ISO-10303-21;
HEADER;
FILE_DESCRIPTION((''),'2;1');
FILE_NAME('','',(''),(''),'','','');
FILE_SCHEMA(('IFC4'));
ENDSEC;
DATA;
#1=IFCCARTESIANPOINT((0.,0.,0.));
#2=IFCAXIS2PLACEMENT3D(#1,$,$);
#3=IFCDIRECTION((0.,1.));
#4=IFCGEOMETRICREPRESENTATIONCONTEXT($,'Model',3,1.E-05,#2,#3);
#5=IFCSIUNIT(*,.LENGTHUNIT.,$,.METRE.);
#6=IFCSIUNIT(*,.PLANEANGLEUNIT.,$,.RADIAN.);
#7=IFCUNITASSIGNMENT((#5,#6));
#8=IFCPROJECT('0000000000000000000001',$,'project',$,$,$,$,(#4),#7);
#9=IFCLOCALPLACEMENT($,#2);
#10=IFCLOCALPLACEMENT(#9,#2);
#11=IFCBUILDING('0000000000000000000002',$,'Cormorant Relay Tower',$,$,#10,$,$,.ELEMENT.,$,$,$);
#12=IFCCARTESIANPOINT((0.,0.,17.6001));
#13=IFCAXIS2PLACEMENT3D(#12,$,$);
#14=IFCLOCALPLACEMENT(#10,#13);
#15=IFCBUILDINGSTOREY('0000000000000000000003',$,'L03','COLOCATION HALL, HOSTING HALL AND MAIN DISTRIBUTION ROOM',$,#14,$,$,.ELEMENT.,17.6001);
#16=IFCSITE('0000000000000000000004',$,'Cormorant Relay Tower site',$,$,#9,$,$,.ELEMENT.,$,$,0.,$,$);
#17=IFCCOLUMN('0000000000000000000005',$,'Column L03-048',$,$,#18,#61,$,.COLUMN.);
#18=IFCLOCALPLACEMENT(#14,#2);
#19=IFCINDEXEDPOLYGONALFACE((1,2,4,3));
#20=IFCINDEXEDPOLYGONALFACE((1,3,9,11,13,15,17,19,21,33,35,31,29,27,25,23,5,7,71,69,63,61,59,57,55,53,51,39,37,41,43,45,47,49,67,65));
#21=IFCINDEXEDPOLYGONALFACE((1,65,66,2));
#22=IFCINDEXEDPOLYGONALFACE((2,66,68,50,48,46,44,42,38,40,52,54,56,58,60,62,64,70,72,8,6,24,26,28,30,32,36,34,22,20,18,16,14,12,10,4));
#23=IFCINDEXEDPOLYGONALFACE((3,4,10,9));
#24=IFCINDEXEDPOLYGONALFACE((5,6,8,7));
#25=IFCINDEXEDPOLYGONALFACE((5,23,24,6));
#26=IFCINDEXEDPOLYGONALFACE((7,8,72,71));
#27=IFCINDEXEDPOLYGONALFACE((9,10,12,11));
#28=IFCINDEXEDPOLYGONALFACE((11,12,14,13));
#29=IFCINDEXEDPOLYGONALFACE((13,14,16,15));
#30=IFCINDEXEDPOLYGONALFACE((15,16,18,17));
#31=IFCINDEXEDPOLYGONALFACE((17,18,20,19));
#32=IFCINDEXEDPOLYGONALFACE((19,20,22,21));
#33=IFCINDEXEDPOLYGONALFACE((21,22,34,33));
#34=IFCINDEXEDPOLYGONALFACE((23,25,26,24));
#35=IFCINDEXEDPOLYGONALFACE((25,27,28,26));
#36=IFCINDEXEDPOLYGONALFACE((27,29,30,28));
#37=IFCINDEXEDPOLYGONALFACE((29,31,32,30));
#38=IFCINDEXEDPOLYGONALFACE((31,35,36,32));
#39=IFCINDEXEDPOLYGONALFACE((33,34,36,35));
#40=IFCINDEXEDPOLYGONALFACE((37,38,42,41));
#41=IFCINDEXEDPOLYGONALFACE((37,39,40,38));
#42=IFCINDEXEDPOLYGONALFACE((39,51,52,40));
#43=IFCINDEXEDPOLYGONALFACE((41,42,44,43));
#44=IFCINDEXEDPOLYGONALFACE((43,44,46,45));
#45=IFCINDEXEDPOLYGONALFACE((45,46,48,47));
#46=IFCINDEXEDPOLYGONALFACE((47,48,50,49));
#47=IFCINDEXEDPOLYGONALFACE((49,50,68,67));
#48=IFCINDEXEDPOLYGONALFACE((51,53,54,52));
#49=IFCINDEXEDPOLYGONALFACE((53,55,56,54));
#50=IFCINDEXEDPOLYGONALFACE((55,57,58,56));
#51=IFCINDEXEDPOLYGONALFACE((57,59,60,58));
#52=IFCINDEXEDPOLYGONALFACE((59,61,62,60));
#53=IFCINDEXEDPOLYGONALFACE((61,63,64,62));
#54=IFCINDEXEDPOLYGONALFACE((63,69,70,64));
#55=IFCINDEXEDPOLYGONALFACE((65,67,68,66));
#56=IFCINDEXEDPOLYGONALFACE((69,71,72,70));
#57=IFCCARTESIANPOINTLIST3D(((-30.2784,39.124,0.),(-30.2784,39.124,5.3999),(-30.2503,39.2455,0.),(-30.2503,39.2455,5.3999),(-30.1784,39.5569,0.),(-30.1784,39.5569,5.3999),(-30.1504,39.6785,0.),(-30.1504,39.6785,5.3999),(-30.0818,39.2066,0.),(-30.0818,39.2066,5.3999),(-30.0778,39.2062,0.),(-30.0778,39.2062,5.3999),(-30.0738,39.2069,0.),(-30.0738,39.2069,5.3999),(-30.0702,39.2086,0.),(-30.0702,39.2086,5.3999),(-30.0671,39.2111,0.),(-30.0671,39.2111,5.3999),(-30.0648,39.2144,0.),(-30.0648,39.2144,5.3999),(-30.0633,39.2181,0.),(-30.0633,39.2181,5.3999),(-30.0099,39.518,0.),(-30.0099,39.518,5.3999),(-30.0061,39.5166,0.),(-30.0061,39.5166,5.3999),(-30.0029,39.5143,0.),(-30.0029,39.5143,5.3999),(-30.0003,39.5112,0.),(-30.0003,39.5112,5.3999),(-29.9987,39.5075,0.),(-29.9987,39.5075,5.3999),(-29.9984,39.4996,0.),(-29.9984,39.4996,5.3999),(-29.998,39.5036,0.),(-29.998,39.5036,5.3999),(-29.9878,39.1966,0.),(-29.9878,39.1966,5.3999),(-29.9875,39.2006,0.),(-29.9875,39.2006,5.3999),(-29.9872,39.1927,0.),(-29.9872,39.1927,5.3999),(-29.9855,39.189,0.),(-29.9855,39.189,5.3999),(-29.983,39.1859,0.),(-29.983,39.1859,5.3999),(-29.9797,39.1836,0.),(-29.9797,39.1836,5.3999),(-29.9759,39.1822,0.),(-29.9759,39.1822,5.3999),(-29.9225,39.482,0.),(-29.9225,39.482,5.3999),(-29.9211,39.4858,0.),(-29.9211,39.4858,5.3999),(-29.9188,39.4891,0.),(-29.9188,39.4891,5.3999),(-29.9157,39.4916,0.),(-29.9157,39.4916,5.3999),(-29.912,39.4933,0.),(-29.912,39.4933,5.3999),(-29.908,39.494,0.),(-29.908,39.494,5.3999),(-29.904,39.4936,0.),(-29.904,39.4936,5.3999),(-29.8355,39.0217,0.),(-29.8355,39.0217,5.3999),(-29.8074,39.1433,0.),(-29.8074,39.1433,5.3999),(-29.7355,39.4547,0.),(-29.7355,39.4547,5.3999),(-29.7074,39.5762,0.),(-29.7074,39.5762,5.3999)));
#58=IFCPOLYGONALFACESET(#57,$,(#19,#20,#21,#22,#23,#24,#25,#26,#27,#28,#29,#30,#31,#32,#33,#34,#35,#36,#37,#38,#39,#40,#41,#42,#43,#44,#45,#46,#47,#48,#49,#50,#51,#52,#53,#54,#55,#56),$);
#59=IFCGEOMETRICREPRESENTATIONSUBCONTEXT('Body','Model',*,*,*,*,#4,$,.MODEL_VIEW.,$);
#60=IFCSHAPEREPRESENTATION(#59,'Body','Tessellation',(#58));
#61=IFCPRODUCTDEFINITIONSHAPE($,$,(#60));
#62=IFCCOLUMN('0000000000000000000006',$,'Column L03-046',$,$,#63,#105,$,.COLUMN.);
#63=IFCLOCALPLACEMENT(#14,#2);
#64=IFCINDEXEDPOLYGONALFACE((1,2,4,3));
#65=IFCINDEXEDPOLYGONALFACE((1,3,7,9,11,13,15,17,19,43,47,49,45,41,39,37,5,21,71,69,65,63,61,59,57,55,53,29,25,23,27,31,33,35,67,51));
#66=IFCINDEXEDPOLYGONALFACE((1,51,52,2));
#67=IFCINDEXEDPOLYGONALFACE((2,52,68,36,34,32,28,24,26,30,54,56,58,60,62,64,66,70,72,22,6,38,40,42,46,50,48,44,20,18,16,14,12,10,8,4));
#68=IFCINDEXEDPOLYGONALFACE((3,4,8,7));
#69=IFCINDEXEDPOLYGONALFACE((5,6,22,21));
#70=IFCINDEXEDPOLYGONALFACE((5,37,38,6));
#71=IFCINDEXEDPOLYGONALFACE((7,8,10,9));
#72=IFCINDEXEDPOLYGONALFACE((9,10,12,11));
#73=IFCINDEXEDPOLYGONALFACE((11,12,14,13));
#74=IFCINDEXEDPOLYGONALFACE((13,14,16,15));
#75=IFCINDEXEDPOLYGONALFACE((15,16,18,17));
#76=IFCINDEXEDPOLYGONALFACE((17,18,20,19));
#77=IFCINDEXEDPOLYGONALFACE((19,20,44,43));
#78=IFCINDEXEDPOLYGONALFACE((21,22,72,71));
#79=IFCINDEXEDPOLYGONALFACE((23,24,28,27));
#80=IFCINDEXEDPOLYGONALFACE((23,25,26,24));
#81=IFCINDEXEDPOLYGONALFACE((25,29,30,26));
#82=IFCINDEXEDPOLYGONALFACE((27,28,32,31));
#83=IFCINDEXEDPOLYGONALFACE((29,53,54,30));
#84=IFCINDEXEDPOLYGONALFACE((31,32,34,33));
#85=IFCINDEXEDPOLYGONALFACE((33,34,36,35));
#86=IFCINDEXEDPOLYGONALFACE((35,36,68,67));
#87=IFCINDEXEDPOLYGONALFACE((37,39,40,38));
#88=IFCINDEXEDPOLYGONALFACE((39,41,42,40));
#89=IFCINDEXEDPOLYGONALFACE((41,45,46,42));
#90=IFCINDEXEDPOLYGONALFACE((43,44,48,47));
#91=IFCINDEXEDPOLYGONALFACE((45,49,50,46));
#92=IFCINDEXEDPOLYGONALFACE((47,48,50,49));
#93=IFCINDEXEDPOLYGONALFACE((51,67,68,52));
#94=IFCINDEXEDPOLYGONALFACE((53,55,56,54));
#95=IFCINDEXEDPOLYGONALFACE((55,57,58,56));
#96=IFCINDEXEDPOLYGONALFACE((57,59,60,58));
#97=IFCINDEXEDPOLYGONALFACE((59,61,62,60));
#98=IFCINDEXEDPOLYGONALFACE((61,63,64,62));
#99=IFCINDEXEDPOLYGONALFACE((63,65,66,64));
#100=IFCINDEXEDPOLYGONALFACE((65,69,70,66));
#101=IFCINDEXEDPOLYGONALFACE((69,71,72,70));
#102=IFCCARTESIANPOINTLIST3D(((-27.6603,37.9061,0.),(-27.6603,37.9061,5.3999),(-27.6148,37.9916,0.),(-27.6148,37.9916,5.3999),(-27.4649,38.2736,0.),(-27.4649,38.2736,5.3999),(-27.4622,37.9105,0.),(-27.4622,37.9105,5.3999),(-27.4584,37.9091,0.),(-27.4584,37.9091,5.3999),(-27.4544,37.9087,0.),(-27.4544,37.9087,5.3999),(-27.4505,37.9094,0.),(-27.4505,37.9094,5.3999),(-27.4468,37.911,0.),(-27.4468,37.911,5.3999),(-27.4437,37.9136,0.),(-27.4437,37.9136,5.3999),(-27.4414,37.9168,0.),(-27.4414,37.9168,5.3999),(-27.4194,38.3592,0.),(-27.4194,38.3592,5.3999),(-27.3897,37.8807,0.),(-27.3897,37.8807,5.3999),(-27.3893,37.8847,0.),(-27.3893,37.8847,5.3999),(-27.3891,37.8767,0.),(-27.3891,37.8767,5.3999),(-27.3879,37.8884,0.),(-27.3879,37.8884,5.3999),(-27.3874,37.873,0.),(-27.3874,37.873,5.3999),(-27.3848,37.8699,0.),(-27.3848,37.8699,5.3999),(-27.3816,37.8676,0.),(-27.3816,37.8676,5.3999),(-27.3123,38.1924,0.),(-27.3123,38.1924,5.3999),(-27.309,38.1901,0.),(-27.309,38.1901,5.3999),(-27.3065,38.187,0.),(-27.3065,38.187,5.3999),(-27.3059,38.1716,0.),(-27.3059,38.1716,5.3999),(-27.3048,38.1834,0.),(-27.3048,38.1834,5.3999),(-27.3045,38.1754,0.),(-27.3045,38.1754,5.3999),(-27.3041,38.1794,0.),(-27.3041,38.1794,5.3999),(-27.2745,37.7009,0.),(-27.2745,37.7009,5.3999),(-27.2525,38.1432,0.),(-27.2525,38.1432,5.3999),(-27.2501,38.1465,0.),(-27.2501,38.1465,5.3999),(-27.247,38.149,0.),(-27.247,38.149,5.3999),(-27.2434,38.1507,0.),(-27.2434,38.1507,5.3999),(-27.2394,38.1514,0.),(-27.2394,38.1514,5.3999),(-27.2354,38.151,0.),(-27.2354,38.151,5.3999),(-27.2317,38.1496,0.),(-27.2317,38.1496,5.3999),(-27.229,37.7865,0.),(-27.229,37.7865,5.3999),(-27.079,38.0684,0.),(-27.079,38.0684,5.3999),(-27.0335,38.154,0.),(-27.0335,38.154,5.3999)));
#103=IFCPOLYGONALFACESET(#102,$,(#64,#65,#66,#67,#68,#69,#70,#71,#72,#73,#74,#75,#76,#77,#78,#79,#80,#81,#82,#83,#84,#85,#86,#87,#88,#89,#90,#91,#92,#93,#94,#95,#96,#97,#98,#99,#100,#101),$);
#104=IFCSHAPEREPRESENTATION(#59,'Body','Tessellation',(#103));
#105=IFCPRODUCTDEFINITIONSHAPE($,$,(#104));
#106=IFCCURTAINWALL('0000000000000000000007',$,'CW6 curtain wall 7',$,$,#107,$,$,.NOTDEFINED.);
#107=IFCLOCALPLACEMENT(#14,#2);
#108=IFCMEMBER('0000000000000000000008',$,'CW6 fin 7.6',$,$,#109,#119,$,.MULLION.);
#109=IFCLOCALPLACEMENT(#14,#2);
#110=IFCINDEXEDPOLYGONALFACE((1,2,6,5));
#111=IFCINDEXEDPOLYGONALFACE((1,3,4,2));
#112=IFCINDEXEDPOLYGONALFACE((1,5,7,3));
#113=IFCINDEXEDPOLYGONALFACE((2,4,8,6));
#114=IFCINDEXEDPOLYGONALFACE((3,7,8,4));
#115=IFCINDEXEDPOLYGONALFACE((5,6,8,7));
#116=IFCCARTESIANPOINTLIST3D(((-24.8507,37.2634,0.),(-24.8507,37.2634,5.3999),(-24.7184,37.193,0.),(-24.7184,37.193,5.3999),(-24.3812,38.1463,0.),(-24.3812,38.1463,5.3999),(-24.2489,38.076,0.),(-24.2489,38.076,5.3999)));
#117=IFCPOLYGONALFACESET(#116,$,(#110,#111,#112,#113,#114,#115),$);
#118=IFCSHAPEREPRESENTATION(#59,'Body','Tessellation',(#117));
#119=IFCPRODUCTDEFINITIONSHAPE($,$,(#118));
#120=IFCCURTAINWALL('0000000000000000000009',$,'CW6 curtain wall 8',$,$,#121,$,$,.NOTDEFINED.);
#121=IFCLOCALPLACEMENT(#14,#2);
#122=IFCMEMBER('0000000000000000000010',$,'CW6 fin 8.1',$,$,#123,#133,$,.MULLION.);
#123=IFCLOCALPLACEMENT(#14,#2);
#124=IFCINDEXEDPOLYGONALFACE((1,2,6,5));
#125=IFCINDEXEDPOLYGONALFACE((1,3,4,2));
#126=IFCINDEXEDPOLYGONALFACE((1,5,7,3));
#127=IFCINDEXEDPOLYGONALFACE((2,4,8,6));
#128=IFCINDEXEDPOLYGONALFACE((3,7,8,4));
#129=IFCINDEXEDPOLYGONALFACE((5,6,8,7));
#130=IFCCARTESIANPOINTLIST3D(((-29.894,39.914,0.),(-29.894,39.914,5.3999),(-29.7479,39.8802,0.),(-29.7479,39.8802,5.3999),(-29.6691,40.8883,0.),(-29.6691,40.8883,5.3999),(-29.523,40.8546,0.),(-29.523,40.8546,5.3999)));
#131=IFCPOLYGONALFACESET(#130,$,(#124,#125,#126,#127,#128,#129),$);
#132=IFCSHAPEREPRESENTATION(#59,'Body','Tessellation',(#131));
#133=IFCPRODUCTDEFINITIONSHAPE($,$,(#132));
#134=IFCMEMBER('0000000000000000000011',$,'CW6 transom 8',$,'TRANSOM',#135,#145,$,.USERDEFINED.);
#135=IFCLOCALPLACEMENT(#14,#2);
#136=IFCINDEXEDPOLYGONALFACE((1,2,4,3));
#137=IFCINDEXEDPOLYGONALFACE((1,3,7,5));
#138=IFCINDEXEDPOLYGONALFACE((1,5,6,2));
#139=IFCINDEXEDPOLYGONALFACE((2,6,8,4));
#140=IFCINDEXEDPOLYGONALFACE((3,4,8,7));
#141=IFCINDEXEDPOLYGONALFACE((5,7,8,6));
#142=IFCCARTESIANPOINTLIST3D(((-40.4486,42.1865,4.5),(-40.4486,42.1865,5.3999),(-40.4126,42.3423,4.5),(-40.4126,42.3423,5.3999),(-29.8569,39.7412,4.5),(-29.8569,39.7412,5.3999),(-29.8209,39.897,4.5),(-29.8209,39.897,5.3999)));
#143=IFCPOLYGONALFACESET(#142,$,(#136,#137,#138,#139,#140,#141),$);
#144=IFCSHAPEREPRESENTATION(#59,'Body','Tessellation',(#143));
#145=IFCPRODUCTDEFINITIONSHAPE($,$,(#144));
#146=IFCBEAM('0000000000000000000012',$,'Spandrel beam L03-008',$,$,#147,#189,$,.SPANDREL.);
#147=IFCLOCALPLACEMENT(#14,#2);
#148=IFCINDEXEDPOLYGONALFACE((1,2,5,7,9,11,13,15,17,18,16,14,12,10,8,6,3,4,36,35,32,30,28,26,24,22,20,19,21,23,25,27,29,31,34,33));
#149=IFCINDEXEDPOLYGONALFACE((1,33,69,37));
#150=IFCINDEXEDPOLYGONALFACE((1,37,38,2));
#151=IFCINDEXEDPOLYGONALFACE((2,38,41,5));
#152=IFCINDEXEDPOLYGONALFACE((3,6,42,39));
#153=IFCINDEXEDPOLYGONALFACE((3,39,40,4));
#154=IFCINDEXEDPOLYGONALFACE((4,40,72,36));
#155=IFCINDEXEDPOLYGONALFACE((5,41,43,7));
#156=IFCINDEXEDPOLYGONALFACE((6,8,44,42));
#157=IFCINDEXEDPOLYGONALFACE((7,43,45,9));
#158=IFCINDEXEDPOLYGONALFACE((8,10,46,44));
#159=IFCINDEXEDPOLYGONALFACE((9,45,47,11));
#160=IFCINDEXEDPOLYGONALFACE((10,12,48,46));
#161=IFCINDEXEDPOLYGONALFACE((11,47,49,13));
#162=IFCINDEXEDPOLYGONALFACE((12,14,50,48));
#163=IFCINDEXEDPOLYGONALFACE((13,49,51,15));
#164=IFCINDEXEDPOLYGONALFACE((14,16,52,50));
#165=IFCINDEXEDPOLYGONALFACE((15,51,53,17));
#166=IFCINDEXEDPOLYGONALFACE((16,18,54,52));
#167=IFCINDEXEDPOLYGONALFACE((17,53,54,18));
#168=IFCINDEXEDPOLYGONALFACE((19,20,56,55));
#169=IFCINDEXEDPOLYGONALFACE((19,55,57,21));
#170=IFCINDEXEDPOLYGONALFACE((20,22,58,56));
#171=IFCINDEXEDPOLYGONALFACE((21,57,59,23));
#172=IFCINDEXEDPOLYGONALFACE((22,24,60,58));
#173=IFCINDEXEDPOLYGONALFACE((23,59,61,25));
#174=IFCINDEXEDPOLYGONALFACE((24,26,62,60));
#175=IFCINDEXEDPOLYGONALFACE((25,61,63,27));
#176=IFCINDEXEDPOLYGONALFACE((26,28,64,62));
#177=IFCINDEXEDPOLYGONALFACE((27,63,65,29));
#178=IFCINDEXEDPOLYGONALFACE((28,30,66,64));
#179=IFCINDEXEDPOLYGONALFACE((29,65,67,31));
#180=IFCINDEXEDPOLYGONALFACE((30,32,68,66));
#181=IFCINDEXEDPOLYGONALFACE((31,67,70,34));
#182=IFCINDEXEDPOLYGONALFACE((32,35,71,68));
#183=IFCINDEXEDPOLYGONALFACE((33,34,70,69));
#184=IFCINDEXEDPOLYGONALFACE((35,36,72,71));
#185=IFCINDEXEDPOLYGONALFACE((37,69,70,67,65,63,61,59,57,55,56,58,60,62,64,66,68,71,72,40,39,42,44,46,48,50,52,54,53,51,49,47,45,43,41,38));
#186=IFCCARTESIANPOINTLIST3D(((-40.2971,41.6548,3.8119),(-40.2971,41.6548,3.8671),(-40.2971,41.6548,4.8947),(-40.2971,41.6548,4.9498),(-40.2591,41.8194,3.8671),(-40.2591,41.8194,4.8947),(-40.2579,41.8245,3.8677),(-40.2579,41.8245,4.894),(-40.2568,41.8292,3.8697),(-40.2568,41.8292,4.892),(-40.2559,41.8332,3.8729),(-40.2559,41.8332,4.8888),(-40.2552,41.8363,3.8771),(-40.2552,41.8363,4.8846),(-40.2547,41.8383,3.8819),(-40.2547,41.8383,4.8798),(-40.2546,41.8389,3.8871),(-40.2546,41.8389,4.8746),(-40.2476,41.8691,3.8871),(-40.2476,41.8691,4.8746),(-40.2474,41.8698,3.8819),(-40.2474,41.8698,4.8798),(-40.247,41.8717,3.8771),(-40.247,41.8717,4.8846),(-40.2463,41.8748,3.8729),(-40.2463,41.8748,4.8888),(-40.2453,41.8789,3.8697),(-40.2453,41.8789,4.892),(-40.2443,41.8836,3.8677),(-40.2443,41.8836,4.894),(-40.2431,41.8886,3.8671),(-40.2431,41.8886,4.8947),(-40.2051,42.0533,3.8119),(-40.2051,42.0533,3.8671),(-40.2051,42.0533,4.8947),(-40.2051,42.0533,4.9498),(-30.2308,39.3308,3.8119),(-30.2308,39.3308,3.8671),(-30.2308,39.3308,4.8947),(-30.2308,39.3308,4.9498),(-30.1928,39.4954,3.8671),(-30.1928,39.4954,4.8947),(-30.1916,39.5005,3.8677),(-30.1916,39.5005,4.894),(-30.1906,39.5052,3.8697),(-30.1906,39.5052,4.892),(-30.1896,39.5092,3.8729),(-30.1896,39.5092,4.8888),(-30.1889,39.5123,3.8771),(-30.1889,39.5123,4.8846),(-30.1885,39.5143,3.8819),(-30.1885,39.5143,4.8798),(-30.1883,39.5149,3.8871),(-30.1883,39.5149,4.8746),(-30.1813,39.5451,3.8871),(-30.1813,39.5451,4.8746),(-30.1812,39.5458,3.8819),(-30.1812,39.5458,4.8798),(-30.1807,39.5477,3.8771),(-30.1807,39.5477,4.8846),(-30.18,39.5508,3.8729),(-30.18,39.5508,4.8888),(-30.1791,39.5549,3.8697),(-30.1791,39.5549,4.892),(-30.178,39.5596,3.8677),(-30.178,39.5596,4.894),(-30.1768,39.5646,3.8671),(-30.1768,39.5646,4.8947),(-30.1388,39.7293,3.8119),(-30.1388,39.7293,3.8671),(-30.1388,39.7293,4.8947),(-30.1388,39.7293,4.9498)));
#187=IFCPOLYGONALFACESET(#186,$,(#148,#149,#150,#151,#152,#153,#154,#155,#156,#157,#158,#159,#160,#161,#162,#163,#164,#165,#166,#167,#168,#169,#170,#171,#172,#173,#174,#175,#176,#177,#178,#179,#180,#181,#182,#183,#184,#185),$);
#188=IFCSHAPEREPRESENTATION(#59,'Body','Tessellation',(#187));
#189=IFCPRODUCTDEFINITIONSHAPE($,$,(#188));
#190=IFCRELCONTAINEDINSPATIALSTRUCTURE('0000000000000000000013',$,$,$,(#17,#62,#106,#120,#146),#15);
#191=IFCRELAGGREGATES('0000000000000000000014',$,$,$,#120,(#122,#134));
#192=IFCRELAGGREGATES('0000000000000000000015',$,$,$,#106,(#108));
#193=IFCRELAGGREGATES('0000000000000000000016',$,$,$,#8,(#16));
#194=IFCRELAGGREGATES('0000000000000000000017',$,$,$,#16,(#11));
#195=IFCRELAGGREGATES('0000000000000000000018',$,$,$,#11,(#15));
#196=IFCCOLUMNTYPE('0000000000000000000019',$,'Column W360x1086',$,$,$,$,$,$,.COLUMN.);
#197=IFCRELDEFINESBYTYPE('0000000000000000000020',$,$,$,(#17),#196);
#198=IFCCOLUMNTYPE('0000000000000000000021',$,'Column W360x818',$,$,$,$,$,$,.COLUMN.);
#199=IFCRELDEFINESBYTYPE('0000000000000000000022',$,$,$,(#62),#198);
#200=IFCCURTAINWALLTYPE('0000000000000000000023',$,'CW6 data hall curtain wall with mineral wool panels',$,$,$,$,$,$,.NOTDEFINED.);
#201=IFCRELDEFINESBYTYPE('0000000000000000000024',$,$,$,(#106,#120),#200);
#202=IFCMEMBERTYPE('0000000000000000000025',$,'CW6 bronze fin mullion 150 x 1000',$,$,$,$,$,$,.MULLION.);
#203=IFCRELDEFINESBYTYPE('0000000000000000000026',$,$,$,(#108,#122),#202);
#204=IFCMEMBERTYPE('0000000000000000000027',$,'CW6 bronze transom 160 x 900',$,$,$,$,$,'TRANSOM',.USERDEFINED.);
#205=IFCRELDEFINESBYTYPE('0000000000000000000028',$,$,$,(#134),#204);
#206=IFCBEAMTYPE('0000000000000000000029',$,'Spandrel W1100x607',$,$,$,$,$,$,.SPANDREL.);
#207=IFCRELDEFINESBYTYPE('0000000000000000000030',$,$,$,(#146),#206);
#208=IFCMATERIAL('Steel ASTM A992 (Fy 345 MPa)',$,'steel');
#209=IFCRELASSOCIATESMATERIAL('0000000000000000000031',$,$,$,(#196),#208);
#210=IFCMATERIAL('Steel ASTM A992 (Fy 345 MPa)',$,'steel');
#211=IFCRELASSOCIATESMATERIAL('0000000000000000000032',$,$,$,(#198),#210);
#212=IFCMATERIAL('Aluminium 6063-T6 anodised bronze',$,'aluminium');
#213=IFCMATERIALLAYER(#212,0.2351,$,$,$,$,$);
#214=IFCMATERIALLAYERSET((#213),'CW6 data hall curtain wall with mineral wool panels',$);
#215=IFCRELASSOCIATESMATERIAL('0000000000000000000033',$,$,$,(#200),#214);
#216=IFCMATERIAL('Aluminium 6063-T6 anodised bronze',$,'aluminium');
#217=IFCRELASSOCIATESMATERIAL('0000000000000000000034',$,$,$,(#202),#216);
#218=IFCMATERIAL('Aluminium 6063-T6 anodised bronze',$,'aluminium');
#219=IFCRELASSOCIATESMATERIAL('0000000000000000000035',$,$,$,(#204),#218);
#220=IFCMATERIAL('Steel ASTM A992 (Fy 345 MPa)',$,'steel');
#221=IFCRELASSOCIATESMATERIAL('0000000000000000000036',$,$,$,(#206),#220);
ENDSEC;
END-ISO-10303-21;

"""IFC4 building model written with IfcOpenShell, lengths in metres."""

from ifc_helpers import new_model, si_unit, direction, frame, origin, origin_2d, place, context, subcontext, project, spatial, rectangle, i_section, extrude, material, layer, layer_set, material_profile, profile_set, type_object, element, aggregate, save


model = new_model("IFC4")

# Units and contexts
model_context = context("Model", 3, precision=1e-05, world=origin(), true_north=direction((0.0, 1.0)))
body_context = subcontext(model_context, "Body", "Model", "MODEL_VIEW")
ifc_project = project(units=[si_unit("LENGTHUNIT", "METRE"), si_unit("PLANEANGLEUNIT", "RADIAN")], contexts=[model_context])

# Site, building, storey
site_placement = place(None, origin())
site = spatial("IfcSite", under=ifc_project, at=site_placement, Name="Cormorant Relay Tower site", CompositionType="ELEMENT", RefElevation=0.0)
building_placement = place(site_placement, origin())
building = spatial("IfcBuilding", under=site, at=building_placement, Name="Cormorant Relay Tower", CompositionType="ELEMENT")
storey_placement = place(building_placement, frame((0.0, 0.0, 17.6001)))
storey = spatial("IfcBuildingStorey", under=building, at=storey_placement, Name="L03", Description="COLOCATION HALL, HOSTING HALL AND MAIN DISTRIBUTION ROOM", CompositionType="ELEMENT", Elevation=17.6001)

# Columns
ifc_material_1 = material(Name="Steel ASTM A992 (Fy 345 MPa)", Category="steel")
ifc_material_profile_1 = material_profile(ifc_material_1, i_section(OverallWidth=0.4546, OverallDepth=0.5691, WebThickness=0.0779, FlangeThickness=0.1248, FilletRadius=0.0154, at=origin_2d()), Name="W360x1086")
ifc_profile_set_1 = profile_set([ifc_material_profile_1], Name="Steel ASTM A992 (Fy 345 MPa)")
column_type_1 = type_object("IfcColumnType", Name="Column W360x1086", PredefinedType="COLUMN", material=ifc_profile_set_1)
column_1_placement = place(storey_placement, frame((-29.9929, 39.3501, 0.0), z_axis=(0.0, 0.0, 1.0), x_axis=(-0.97437, 0.224951, 0.0)))
element("IfcColumn", 1, at=column_1_placement, inside=storey, type_object=column_type_1, Name="Column L03-048", PredefinedType="COLUMN", context=body_context, shape_type="SweptSolid", body=[
    extrude(i_section(OverallWidth=0.4546, OverallDepth=0.5691, WebThickness=0.0779, FlangeThickness=0.1248, FilletRadius=0.0154, at=origin_2d()), origin(), (0.0, 0.0, 1.0), 5.3999),
])
ifc_material_2 = material(Name="Steel ASTM A992 (Fy 345 MPa)", Category="steel")
ifc_material_profile_2 = material_profile(ifc_material_2, i_section(OverallWidth=0.437, OverallDepth=0.5132, WebThickness=0.0605, FlangeThickness=0.0969, FilletRadius=0.0154, at=origin_2d()), Name="W360x818")
ifc_profile_set_2 = profile_set([ifc_material_profile_2], Name="Steel ASTM A992 (Fy 345 MPa)")
column_type_2 = type_object("IfcColumnType", Name="Column W360x818", PredefinedType="COLUMN", material=ifc_profile_set_2)
column_2_placement = place(storey_placement, frame((-27.3469, 38.03, 0.0), z_axis=(0.0, 0.0, 1.0), x_axis=(-0.882948, 0.469472, 0.0)))
element("IfcColumn", 2, at=column_2_placement, inside=storey, type_object=column_type_2, Name="Column L03-046", PredefinedType="COLUMN", context=body_context, shape_type="SweptSolid", body=[
    extrude(i_section(OverallWidth=0.437, OverallDepth=0.5132, WebThickness=0.0605, FlangeThickness=0.0969, FilletRadius=0.0154, at=origin_2d()), origin(), (0.0, 0.0, 1.0), 5.3999),
])

# Curtain wall, member
ifc_material_3 = material(Name="Aluminium 6063-T6 anodised bronze", Category="aluminium")
ifc_layer_1 = layer(ifc_material_3, 0.2351)
ifc_layer_set_1 = layer_set([ifc_layer_1], Name="CW6 data hall curtain wall with mineral wool panels")
curtain_wall_type = type_object("IfcCurtainWallType", Name="CW6 data hall curtain wall with mineral wool panels", PredefinedType="NOTDEFINED", material=ifc_layer_set_1)
curtain_wall_1_placement = place(storey_placement, origin())
curtain_wall_1 = element("IfcCurtainWall", 3, at=curtain_wall_1_placement, inside=storey, type_object=curtain_wall_type, Name="CW6 curtain wall 7", PredefinedType="NOTDEFINED")
ifc_material_4 = material(Name="Aluminium 6063-T6 anodised bronze", Category="aluminium")
ifc_material_profile_3 = material_profile(ifc_material_4, rectangle(XDim=0.1499, YDim=1.0, at=origin_2d()), Name="AL 150x1000")
ifc_profile_set_3 = profile_set([ifc_material_profile_3], Name="Aluminium 6063-T6 anodised bronze")
member_type_1 = type_object("IfcMemberType", Name="CW6 bronze fin mullion 150 x 1000", PredefinedType="MULLION", material=ifc_profile_set_3)
member_1_placement = place(storey_placement, frame((-24.5498, 37.6697, 0.0), z_axis=(0.0, 0.0, 1.0), x_axis=(-0.882948, 0.469472, 0.0)))
member_1 = element("IfcMember", 4, at=member_1_placement, type_object=member_type_1, Name="CW6 fin 7.6", PredefinedType="MULLION", context=body_context, shape_type="SweptSolid", body=[
    extrude(rectangle(XDim=0.1499, YDim=1.0, at=origin_2d()), origin(), (0.0, 0.0, 1.0), 5.3999),
])

# Curtain wall, members
curtain_wall_2_placement = place(storey_placement, origin())
curtain_wall_2 = element("IfcCurtainWall", 5, at=curtain_wall_2_placement, inside=storey, type_object=curtain_wall_type, Name="CW6 curtain wall 8", PredefinedType="NOTDEFINED")
member_2_placement = place(storey_placement, frame((-29.7085, 40.3843, 0.0), z_axis=(0.0, 0.0, 1.0), x_axis=(-0.97437, 0.224951, 0.0)))
member_2 = element("IfcMember", 6, at=member_2_placement, type_object=member_type_1, Name="CW6 fin 8.1", PredefinedType="MULLION", context=body_context, shape_type="SweptSolid", body=[
    extrude(rectangle(XDim=0.1499, YDim=1.0, at=origin_2d()), origin(), (0.0, 0.0, 1.0), 5.3999),
])
ifc_material_5 = material(Name="Aluminium 6063-T6 anodised bronze", Category="aluminium")
ifc_material_profile_4 = material_profile(ifc_material_5, rectangle(XDim=0.1599, YDim=0.8999, at=origin_2d()), Name="AL 160x900")
ifc_profile_set_4 = profile_set([ifc_material_profile_4], Name="Aluminium 6063-T6 anodised bronze")
member_type_2 = type_object("IfcMemberType", Name="CW6 bronze transom 160 x 900", ElementType="TRANSOM", PredefinedType="USERDEFINED", material=ifc_profile_set_4)
member_3_placement = place(storey_placement, frame((-29.8389, 39.8191, 4.95), z_axis=(-0.97437, 0.224951, 0.0), x_axis=(-0.224951, -0.97437, 0.0)))
member_3 = element("IfcMember", 7, at=member_3_placement, type_object=member_type_2, Name="CW6 transom 8", ObjectType="TRANSOM", PredefinedType="USERDEFINED", context=body_context, shape_type="SweptSolid", body=[
    extrude(rectangle(XDim=0.1599, YDim=0.8999, at=origin_2d()), origin(), (0.0, 0.0, 1.0), 10.8704),
])
aggregate(curtain_wall_2, [member_2, member_3])

# Beam
ifc_material_6 = material(Name="Steel ASTM A992 (Fy 345 MPa)", Category="steel")
ifc_material_profile_5 = material_profile(ifc_material_6, i_section(OverallWidth=0.4089, OverallDepth=1.1379, WebThickness=0.031, FlangeThickness=0.0552, FilletRadius=0.02, at=origin_2d()), Name="W1100x607")
ifc_profile_set_5 = profile_set([ifc_material_profile_5], Name="Steel ASTM A992 (Fy 345 MPa)")
beam_type = type_object("IfcBeamType", Name="Spandrel W1100x607", PredefinedType="SPANDREL", material=ifc_profile_set_5)
beam_placement = place(storey_placement, frame((-30.1848, 39.53, 4.3809), z_axis=(-0.97437, 0.224953, 0.0), x_axis=(-0.224953, -0.97437, 0.0)))
element("IfcBeam", 8, at=beam_placement, inside=storey, type_object=beam_type, Name="Spandrel beam L03-008", PredefinedType="SPANDREL", context=body_context, shape_type="SweptSolid", body=[
    extrude(i_section(OverallWidth=0.4089, OverallDepth=1.1379, WebThickness=0.031, FlangeThickness=0.0552, FilletRadius=0.02, at=origin_2d()), origin(), (0.0, 0.0, 1.0), 10.3311),
])

aggregate(curtain_wall_1, [member_1])

save(model, "model.ifc")
